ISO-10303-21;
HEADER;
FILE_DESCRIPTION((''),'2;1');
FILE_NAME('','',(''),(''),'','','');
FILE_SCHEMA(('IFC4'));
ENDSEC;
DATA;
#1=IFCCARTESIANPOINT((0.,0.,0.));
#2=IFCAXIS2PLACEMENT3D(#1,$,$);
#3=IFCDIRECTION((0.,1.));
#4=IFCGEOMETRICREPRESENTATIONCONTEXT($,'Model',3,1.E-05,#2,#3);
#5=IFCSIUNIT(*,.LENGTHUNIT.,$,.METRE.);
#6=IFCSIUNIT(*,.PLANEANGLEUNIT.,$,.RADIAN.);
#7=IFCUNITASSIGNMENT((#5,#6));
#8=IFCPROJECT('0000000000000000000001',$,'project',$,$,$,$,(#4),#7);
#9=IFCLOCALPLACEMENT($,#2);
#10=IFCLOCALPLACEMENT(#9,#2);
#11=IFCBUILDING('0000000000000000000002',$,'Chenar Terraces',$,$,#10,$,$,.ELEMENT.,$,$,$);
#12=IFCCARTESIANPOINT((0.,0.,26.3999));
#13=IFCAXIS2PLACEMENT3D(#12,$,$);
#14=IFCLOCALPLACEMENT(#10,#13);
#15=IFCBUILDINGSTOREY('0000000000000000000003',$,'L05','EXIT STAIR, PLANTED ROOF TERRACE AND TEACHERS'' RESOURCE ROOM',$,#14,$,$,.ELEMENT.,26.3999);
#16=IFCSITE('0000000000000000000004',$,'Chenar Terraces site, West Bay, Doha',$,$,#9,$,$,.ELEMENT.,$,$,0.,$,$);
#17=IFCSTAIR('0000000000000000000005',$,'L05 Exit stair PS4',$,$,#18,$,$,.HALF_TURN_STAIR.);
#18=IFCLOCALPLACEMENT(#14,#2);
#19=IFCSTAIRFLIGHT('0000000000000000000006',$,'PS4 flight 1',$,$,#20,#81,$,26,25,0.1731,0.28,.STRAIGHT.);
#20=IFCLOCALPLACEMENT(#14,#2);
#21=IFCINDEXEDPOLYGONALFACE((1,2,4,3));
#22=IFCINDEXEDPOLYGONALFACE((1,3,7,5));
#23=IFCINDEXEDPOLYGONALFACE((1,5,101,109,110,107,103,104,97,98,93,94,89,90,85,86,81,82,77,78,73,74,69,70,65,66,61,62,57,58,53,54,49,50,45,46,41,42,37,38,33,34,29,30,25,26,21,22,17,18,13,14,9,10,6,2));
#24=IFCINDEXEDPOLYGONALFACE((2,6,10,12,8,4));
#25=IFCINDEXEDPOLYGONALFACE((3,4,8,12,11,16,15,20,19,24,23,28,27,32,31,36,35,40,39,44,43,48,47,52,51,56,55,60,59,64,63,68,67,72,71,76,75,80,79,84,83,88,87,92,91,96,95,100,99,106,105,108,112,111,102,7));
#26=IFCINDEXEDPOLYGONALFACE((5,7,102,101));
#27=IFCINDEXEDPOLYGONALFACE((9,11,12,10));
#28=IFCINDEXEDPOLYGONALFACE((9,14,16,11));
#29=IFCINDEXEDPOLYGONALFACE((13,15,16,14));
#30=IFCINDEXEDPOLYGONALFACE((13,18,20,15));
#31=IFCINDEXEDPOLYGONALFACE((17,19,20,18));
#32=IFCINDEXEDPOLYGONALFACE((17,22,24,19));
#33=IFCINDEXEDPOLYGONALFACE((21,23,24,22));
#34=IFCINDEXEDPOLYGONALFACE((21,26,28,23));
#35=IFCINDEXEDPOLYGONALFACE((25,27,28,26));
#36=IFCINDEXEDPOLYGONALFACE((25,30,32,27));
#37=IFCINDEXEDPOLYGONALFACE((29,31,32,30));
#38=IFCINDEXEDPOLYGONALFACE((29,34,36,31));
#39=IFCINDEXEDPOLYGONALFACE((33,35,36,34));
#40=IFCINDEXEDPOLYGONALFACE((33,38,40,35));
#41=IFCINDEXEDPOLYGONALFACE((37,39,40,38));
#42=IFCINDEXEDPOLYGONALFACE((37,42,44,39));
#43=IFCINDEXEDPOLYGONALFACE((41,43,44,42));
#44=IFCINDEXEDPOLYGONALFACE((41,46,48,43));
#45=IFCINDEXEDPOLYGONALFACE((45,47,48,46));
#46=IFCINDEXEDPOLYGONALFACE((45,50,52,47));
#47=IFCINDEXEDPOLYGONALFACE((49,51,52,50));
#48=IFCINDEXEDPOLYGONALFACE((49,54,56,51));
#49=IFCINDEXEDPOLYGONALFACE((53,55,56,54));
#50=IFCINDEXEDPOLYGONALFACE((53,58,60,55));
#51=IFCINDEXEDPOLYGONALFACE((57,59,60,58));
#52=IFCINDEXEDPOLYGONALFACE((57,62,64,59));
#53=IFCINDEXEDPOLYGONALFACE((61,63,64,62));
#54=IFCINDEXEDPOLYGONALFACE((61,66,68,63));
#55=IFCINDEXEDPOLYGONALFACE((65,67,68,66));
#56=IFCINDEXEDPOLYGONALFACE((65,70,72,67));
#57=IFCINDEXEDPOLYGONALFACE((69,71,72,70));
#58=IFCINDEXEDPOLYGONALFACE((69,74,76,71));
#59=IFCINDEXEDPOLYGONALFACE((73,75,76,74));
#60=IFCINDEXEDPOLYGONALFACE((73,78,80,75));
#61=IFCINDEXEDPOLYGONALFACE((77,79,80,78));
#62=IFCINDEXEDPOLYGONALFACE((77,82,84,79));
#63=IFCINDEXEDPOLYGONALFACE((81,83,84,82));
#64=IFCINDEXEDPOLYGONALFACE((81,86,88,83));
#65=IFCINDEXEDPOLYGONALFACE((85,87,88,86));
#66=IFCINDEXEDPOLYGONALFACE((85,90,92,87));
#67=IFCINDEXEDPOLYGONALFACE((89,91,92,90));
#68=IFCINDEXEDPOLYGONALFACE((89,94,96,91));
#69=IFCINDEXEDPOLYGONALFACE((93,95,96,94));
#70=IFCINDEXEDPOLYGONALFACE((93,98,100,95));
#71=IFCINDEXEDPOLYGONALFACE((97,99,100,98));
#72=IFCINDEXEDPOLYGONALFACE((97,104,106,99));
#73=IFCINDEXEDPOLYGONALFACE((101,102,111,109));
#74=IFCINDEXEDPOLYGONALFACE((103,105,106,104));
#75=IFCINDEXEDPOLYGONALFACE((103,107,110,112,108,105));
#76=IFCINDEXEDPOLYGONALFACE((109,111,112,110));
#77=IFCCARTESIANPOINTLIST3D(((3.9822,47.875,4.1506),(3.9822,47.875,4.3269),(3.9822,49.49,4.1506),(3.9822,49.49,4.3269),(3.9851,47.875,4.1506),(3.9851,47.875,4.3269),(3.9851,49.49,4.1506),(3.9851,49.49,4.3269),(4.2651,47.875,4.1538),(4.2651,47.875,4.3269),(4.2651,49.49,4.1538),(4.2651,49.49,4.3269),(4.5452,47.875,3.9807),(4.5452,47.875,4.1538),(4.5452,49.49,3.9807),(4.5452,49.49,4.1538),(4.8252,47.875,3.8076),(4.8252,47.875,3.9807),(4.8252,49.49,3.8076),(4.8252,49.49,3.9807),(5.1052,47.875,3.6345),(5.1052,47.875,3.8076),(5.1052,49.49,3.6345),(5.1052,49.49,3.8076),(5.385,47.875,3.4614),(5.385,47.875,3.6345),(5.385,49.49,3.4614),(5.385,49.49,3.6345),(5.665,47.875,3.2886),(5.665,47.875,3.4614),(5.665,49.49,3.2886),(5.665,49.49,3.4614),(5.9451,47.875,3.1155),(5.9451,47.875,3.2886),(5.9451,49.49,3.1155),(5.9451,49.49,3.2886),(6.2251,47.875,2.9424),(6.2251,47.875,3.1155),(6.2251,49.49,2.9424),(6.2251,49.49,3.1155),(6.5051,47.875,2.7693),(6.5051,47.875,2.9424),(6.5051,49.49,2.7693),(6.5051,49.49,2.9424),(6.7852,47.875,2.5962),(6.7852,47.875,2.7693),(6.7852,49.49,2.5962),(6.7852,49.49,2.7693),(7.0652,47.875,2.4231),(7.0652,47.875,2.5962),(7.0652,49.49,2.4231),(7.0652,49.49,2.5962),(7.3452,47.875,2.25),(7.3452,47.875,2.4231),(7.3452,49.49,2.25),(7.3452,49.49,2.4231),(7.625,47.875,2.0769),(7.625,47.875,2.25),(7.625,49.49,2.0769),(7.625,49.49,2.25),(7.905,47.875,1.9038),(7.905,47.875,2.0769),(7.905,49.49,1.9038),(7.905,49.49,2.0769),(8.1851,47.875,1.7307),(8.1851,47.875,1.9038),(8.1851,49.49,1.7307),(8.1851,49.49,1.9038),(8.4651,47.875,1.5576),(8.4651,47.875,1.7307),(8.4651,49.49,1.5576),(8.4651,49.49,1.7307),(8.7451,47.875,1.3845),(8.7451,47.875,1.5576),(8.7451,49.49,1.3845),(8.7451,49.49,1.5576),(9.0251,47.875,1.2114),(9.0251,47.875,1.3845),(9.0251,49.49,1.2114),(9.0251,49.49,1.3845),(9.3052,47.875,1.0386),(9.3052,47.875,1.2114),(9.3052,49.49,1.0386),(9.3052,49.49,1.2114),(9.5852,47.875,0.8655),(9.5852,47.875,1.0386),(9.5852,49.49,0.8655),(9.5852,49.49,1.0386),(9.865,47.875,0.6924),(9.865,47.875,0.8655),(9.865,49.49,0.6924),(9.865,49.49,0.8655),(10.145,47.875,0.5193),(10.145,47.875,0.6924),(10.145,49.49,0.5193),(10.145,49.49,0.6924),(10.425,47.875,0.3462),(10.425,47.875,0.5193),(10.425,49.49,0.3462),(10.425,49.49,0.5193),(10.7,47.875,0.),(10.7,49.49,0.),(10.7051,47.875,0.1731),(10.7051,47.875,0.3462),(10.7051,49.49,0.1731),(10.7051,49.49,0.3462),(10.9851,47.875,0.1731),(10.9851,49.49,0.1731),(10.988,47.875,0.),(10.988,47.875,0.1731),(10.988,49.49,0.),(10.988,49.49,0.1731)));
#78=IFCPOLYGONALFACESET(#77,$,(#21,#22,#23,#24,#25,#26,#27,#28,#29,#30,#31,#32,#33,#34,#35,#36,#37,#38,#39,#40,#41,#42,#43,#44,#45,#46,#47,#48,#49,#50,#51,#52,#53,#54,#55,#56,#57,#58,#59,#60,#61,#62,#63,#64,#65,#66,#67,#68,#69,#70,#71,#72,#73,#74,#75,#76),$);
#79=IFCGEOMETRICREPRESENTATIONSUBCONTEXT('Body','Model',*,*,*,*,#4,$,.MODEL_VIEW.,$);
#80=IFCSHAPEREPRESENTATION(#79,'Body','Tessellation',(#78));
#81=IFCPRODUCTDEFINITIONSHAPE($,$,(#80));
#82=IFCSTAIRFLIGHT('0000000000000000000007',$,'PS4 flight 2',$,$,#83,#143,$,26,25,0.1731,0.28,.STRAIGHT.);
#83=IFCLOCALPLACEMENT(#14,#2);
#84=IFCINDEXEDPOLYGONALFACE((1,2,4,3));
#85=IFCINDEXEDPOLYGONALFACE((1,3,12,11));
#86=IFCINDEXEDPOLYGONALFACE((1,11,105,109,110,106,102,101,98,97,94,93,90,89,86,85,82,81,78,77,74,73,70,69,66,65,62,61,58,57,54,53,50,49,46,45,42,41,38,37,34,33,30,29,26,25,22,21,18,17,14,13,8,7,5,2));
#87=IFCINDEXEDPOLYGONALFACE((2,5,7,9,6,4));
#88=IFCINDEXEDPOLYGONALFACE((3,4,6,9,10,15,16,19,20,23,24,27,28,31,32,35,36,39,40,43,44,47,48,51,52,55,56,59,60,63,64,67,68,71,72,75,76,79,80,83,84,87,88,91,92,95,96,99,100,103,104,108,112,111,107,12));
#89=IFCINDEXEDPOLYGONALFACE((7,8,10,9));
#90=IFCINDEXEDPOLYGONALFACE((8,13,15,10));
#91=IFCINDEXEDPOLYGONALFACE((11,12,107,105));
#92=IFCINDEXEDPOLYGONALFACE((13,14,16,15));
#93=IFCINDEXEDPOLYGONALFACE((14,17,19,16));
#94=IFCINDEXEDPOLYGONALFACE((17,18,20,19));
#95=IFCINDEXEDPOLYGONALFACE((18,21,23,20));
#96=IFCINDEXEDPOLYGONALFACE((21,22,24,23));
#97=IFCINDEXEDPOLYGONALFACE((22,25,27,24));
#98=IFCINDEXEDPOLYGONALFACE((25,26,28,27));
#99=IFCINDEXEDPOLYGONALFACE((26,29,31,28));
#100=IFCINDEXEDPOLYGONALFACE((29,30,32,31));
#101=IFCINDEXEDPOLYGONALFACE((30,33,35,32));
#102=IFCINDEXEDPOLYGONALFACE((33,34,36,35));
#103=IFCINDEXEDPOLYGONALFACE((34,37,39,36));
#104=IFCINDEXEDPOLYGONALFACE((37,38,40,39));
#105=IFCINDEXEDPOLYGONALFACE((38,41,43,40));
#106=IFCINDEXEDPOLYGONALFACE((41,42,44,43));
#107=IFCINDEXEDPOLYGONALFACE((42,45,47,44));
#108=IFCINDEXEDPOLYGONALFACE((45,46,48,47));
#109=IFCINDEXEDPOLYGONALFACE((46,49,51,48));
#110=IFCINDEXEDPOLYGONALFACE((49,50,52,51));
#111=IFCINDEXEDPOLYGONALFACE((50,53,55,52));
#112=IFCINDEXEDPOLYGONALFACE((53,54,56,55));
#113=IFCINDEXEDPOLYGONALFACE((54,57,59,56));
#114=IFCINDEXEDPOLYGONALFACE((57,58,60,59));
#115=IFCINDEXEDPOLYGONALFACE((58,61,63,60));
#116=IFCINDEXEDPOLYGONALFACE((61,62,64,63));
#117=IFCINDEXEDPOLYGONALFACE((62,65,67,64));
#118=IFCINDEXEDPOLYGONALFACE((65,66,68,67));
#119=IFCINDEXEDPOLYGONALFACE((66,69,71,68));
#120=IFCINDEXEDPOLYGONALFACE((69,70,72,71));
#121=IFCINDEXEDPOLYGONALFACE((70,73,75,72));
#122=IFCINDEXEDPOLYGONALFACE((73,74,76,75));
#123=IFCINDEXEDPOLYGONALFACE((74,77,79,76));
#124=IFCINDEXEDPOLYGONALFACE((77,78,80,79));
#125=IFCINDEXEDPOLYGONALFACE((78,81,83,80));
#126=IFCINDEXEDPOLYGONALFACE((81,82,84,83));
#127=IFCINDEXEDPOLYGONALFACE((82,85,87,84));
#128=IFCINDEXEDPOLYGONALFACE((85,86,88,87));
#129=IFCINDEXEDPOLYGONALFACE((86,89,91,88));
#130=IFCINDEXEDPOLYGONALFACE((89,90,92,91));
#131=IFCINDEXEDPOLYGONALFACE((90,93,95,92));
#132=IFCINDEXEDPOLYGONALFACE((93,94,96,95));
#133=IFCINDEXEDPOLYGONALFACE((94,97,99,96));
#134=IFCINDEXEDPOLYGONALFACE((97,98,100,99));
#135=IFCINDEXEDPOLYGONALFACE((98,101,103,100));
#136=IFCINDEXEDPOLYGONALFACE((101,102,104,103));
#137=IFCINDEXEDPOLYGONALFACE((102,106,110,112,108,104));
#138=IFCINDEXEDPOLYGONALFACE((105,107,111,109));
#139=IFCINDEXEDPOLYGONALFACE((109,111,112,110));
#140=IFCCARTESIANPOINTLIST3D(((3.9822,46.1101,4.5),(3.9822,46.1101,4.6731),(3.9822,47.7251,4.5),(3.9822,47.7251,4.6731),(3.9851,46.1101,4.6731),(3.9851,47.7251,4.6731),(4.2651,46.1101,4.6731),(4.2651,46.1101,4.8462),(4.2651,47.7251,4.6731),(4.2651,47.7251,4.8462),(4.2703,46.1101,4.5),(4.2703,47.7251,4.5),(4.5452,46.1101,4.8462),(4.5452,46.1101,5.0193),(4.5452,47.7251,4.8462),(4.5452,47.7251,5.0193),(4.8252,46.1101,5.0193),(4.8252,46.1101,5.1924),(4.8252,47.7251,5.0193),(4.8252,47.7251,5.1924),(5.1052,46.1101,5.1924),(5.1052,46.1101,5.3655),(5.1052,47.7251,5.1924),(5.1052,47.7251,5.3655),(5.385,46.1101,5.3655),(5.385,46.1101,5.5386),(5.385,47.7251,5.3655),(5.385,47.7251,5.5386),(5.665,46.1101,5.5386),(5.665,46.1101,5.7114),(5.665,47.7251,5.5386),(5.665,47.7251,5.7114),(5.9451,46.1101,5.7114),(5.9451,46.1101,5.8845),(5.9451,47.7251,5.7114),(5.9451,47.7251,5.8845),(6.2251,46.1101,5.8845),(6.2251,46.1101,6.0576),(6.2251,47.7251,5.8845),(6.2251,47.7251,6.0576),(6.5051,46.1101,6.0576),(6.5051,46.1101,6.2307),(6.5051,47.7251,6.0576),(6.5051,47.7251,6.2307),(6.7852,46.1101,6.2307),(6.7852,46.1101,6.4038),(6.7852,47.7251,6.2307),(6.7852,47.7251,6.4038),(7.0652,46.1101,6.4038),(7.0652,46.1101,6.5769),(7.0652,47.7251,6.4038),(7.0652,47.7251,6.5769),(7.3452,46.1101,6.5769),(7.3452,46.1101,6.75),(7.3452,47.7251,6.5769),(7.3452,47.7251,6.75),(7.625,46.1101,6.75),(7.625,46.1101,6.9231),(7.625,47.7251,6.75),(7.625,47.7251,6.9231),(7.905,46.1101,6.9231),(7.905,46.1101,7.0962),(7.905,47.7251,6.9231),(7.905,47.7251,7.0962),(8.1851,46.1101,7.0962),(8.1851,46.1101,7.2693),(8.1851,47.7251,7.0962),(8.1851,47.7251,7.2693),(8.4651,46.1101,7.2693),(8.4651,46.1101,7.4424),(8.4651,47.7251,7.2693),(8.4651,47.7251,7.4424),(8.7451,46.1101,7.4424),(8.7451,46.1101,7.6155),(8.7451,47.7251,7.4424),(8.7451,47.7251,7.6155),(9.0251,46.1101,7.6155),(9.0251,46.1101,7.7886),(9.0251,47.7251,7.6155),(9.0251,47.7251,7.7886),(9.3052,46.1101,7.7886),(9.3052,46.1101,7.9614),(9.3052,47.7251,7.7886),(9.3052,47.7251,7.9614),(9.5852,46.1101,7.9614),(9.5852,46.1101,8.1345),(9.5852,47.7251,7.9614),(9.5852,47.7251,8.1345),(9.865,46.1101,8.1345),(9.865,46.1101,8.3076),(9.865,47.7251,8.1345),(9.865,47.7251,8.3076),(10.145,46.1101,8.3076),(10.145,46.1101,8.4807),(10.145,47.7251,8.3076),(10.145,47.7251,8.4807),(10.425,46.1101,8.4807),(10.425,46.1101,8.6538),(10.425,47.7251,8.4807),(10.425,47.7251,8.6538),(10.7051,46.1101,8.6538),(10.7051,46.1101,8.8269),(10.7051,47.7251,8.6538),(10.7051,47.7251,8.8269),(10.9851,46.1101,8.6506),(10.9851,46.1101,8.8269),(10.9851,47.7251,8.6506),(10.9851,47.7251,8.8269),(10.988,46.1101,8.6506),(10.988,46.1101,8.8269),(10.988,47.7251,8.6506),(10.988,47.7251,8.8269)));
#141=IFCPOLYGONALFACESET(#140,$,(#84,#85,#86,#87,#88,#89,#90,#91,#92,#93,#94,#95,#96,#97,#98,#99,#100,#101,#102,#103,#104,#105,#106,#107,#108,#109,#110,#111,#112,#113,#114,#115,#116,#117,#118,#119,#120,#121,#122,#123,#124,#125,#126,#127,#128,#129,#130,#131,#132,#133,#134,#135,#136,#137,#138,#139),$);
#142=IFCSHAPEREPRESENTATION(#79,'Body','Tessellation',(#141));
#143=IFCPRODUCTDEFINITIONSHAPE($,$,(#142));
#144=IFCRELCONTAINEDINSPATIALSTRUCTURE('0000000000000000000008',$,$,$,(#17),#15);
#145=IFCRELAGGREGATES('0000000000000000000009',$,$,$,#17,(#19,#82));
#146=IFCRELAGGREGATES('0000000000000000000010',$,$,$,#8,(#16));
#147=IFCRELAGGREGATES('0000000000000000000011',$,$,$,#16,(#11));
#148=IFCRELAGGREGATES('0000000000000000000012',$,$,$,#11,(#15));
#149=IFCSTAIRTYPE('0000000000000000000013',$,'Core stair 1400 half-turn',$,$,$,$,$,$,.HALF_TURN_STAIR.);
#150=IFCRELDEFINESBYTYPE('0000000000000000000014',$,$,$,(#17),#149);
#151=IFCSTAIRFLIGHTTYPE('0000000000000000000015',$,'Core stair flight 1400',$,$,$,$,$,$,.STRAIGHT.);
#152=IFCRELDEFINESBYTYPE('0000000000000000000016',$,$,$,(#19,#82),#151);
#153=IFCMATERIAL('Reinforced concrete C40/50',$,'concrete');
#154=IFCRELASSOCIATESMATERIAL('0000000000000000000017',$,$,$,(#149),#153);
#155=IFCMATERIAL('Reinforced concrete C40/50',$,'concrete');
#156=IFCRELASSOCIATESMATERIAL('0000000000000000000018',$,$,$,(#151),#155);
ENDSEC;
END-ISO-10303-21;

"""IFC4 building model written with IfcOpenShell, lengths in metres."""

from ifc_helpers import new_model, si_unit, direction, frame, origin, place, context, subcontext, project, spatial, polyline, outline, extrude, material, type_object, element, aggregate, save


model = new_model("IFC4")

# Units and contexts
model_context = context("Model", 3, precision=1e-05, world=origin(), true_north=direction((0.0, 1.0)))
body_context = subcontext(model_context, "Body", "Model", "MODEL_VIEW")
ifc_project = project(units=[si_unit("LENGTHUNIT", "METRE"), si_unit("PLANEANGLEUNIT", "RADIAN")], contexts=[model_context])

# Site, building, storey
site_placement = place(None, origin())
site = spatial("IfcSite", under=ifc_project, at=site_placement, Name="Chenar Terraces site, West Bay, Doha", CompositionType="ELEMENT", RefElevation=0.0)
building_placement = place(site_placement, origin())
building = spatial("IfcBuilding", under=site, at=building_placement, Name="Chenar Terraces", CompositionType="ELEMENT")
storey_placement = place(building_placement, frame((0.0, 0.0, 26.3999)))
storey = spatial("IfcBuildingStorey", under=building, at=storey_placement, Name="L05", Description="EXIT STAIR, PLANTED ROOF TERRACE AND TEACHERS' RESOURCE ROOM", CompositionType="ELEMENT", Elevation=26.3999)

# Stair, stair flights
ifc_material_1 = material(Name="Reinforced concrete C40/50", Category="concrete")
stair_type = type_object("IfcStairType", Name="Core stair 1400 half-turn", PredefinedType="HALF_TURN_STAIR", material=ifc_material_1)
placement = place(storey_placement, origin())
stair_1 = element("IfcStair", 1, at=placement, inside=storey, type_object=stair_type, Name="L05 Exit stair PS4", PredefinedType="HALF_TURN_STAIR")
ifc_material_2 = material(Name="Reinforced concrete C40/50", Category="concrete")
stair_flight_type = type_object("IfcStairFlightType", Name="Core stair flight 1400", PredefinedType="STRAIGHT", material=ifc_material_2)
stair_flight_1_placement = place(storey_placement, frame((10.9851, 48.6826, 0.0), z_axis=(0.0, 0.0, 1.0), x_axis=(-1.0, 0.0, 0.0)))
stair_flight_1 = element("IfcStairFlight", 2, at=stair_flight_1_placement, type_object=stair_flight_type, Name="PS4 flight 1", NumberOfRisers=26, NumberOfTreads=25, PredefinedType="STRAIGHT", RiserHeight=0.1731, TreadLength=0.28, context=body_context, shape_type="SweptSolid", body=[
    extrude(outline(polyline([(-0.0029, 0.0), (-0.0029, 0.1731), (0.0, 0.1731), (0.28, 0.1731), (0.28, 0.3462), (0.5601, 0.3462), (0.5601, 0.5193), (0.8401, 0.5193), (0.8401, 0.6924), (1.1201, 0.6924), (1.1201, 0.8655), (1.3999, 0.8655), (1.3999, 1.0386), (1.6799, 1.0386), (1.6799, 1.2114), (1.96, 1.2114), (1.96, 1.3845), (2.24, 1.3845), (2.24, 1.5576), (2.52, 1.5576), (2.52, 1.7307), (2.8, 1.7307), (2.8, 1.9038), (3.0801, 1.9038), (3.0801, 2.0769), (3.3601, 2.0769), (3.3601, 2.25), (3.6399, 2.25), (3.6399, 2.4231), (3.9199, 2.4231), (3.9199, 2.5962), (4.2, 2.5962), (4.2, 2.7693), (4.48, 2.7693), (4.48, 2.9424), (4.76, 2.9424), (4.76, 3.1155), (5.04, 3.1155), (5.04, 3.2886), (5.3201, 3.2886), (5.3201, 3.4614), (5.6001, 3.4614), (5.6001, 3.6345), (5.8799, 3.6345), (5.8799, 3.8076), (6.1599, 3.8076), (6.1599, 3.9807), (6.4399, 3.9807), (6.4399, 4.1538), (6.72, 4.1538), (6.72, 4.3269), (7.0, 4.3269), (7.0029, 4.3269), (7.0029, 4.1506), (7.0, 4.1506), (0.2852, 0.0), (-0.0029, 0.0)])), frame((0.0, 0.8076, 0.0), z_axis=(0.0, -1.0, 0.0), x_axis=(1.0, 0.0, 0.0)), (0.0, 0.0, 1.0), 1.615),
])
stair_flight_2_placement = place(storey_placement, frame((3.9851, 46.9175, 4.5), z_axis=(0.0, 0.0, 1.0), x_axis=(1.0, 0.0, 0.0)))
stair_flight_2 = element("IfcStairFlight", 3, at=stair_flight_2_placement, type_object=stair_flight_type, Name="PS4 flight 2", NumberOfRisers=26, NumberOfTreads=25, PredefinedType="STRAIGHT", RiserHeight=0.1731, TreadLength=0.28, context=body_context, shape_type="SweptSolid", body=[
    extrude(outline(polyline([(-0.0029, 0.0), (-0.0029, 0.1731), (0.0, 0.1731), (0.28, 0.1731), (0.28, 0.3462), (0.5601, 0.3462), (0.5601, 0.5193), (0.8401, 0.5193), (0.8401, 0.6924), (1.1201, 0.6924), (1.1201, 0.8655), (1.3999, 0.8655), (1.3999, 1.0386), (1.6799, 1.0386), (1.6799, 1.2114), (1.96, 1.2114), (1.96, 1.3845), (2.24, 1.3845), (2.24, 1.5576), (2.52, 1.5576), (2.52, 1.7307), (2.8, 1.7307), (2.8, 1.9038), (3.0801, 1.9038), (3.0801, 2.0769), (3.3601, 2.0769), (3.3601, 2.25), (3.6399, 2.25), (3.6399, 2.4231), (3.9199, 2.4231), (3.9199, 2.5962), (4.2, 2.5962), (4.2, 2.7693), (4.48, 2.7693), (4.48, 2.9424), (4.76, 2.9424), (4.76, 3.1155), (5.04, 3.1155), (5.04, 3.2886), (5.3201, 3.2886), (5.3201, 3.4614), (5.6001, 3.4614), (5.6001, 3.6345), (5.8799, 3.6345), (5.8799, 3.8076), (6.1599, 3.8076), (6.1599, 3.9807), (6.4399, 3.9807), (6.4399, 4.1538), (6.72, 4.1538), (6.72, 4.3269), (7.0, 4.3269), (7.0029, 4.3269), (7.0029, 4.1506), (7.0, 4.1506), (0.2852, 0.0), (-0.0029, 0.0)])), frame((0.0, 0.8076, 0.0), z_axis=(0.0, -1.0, 0.0), x_axis=(1.0, 0.0, 0.0)), (0.0, 0.0, 1.0), 1.615),
])
aggregate(stair_1, [stair_flight_1, stair_flight_2])

save(model, "model.ifc")
